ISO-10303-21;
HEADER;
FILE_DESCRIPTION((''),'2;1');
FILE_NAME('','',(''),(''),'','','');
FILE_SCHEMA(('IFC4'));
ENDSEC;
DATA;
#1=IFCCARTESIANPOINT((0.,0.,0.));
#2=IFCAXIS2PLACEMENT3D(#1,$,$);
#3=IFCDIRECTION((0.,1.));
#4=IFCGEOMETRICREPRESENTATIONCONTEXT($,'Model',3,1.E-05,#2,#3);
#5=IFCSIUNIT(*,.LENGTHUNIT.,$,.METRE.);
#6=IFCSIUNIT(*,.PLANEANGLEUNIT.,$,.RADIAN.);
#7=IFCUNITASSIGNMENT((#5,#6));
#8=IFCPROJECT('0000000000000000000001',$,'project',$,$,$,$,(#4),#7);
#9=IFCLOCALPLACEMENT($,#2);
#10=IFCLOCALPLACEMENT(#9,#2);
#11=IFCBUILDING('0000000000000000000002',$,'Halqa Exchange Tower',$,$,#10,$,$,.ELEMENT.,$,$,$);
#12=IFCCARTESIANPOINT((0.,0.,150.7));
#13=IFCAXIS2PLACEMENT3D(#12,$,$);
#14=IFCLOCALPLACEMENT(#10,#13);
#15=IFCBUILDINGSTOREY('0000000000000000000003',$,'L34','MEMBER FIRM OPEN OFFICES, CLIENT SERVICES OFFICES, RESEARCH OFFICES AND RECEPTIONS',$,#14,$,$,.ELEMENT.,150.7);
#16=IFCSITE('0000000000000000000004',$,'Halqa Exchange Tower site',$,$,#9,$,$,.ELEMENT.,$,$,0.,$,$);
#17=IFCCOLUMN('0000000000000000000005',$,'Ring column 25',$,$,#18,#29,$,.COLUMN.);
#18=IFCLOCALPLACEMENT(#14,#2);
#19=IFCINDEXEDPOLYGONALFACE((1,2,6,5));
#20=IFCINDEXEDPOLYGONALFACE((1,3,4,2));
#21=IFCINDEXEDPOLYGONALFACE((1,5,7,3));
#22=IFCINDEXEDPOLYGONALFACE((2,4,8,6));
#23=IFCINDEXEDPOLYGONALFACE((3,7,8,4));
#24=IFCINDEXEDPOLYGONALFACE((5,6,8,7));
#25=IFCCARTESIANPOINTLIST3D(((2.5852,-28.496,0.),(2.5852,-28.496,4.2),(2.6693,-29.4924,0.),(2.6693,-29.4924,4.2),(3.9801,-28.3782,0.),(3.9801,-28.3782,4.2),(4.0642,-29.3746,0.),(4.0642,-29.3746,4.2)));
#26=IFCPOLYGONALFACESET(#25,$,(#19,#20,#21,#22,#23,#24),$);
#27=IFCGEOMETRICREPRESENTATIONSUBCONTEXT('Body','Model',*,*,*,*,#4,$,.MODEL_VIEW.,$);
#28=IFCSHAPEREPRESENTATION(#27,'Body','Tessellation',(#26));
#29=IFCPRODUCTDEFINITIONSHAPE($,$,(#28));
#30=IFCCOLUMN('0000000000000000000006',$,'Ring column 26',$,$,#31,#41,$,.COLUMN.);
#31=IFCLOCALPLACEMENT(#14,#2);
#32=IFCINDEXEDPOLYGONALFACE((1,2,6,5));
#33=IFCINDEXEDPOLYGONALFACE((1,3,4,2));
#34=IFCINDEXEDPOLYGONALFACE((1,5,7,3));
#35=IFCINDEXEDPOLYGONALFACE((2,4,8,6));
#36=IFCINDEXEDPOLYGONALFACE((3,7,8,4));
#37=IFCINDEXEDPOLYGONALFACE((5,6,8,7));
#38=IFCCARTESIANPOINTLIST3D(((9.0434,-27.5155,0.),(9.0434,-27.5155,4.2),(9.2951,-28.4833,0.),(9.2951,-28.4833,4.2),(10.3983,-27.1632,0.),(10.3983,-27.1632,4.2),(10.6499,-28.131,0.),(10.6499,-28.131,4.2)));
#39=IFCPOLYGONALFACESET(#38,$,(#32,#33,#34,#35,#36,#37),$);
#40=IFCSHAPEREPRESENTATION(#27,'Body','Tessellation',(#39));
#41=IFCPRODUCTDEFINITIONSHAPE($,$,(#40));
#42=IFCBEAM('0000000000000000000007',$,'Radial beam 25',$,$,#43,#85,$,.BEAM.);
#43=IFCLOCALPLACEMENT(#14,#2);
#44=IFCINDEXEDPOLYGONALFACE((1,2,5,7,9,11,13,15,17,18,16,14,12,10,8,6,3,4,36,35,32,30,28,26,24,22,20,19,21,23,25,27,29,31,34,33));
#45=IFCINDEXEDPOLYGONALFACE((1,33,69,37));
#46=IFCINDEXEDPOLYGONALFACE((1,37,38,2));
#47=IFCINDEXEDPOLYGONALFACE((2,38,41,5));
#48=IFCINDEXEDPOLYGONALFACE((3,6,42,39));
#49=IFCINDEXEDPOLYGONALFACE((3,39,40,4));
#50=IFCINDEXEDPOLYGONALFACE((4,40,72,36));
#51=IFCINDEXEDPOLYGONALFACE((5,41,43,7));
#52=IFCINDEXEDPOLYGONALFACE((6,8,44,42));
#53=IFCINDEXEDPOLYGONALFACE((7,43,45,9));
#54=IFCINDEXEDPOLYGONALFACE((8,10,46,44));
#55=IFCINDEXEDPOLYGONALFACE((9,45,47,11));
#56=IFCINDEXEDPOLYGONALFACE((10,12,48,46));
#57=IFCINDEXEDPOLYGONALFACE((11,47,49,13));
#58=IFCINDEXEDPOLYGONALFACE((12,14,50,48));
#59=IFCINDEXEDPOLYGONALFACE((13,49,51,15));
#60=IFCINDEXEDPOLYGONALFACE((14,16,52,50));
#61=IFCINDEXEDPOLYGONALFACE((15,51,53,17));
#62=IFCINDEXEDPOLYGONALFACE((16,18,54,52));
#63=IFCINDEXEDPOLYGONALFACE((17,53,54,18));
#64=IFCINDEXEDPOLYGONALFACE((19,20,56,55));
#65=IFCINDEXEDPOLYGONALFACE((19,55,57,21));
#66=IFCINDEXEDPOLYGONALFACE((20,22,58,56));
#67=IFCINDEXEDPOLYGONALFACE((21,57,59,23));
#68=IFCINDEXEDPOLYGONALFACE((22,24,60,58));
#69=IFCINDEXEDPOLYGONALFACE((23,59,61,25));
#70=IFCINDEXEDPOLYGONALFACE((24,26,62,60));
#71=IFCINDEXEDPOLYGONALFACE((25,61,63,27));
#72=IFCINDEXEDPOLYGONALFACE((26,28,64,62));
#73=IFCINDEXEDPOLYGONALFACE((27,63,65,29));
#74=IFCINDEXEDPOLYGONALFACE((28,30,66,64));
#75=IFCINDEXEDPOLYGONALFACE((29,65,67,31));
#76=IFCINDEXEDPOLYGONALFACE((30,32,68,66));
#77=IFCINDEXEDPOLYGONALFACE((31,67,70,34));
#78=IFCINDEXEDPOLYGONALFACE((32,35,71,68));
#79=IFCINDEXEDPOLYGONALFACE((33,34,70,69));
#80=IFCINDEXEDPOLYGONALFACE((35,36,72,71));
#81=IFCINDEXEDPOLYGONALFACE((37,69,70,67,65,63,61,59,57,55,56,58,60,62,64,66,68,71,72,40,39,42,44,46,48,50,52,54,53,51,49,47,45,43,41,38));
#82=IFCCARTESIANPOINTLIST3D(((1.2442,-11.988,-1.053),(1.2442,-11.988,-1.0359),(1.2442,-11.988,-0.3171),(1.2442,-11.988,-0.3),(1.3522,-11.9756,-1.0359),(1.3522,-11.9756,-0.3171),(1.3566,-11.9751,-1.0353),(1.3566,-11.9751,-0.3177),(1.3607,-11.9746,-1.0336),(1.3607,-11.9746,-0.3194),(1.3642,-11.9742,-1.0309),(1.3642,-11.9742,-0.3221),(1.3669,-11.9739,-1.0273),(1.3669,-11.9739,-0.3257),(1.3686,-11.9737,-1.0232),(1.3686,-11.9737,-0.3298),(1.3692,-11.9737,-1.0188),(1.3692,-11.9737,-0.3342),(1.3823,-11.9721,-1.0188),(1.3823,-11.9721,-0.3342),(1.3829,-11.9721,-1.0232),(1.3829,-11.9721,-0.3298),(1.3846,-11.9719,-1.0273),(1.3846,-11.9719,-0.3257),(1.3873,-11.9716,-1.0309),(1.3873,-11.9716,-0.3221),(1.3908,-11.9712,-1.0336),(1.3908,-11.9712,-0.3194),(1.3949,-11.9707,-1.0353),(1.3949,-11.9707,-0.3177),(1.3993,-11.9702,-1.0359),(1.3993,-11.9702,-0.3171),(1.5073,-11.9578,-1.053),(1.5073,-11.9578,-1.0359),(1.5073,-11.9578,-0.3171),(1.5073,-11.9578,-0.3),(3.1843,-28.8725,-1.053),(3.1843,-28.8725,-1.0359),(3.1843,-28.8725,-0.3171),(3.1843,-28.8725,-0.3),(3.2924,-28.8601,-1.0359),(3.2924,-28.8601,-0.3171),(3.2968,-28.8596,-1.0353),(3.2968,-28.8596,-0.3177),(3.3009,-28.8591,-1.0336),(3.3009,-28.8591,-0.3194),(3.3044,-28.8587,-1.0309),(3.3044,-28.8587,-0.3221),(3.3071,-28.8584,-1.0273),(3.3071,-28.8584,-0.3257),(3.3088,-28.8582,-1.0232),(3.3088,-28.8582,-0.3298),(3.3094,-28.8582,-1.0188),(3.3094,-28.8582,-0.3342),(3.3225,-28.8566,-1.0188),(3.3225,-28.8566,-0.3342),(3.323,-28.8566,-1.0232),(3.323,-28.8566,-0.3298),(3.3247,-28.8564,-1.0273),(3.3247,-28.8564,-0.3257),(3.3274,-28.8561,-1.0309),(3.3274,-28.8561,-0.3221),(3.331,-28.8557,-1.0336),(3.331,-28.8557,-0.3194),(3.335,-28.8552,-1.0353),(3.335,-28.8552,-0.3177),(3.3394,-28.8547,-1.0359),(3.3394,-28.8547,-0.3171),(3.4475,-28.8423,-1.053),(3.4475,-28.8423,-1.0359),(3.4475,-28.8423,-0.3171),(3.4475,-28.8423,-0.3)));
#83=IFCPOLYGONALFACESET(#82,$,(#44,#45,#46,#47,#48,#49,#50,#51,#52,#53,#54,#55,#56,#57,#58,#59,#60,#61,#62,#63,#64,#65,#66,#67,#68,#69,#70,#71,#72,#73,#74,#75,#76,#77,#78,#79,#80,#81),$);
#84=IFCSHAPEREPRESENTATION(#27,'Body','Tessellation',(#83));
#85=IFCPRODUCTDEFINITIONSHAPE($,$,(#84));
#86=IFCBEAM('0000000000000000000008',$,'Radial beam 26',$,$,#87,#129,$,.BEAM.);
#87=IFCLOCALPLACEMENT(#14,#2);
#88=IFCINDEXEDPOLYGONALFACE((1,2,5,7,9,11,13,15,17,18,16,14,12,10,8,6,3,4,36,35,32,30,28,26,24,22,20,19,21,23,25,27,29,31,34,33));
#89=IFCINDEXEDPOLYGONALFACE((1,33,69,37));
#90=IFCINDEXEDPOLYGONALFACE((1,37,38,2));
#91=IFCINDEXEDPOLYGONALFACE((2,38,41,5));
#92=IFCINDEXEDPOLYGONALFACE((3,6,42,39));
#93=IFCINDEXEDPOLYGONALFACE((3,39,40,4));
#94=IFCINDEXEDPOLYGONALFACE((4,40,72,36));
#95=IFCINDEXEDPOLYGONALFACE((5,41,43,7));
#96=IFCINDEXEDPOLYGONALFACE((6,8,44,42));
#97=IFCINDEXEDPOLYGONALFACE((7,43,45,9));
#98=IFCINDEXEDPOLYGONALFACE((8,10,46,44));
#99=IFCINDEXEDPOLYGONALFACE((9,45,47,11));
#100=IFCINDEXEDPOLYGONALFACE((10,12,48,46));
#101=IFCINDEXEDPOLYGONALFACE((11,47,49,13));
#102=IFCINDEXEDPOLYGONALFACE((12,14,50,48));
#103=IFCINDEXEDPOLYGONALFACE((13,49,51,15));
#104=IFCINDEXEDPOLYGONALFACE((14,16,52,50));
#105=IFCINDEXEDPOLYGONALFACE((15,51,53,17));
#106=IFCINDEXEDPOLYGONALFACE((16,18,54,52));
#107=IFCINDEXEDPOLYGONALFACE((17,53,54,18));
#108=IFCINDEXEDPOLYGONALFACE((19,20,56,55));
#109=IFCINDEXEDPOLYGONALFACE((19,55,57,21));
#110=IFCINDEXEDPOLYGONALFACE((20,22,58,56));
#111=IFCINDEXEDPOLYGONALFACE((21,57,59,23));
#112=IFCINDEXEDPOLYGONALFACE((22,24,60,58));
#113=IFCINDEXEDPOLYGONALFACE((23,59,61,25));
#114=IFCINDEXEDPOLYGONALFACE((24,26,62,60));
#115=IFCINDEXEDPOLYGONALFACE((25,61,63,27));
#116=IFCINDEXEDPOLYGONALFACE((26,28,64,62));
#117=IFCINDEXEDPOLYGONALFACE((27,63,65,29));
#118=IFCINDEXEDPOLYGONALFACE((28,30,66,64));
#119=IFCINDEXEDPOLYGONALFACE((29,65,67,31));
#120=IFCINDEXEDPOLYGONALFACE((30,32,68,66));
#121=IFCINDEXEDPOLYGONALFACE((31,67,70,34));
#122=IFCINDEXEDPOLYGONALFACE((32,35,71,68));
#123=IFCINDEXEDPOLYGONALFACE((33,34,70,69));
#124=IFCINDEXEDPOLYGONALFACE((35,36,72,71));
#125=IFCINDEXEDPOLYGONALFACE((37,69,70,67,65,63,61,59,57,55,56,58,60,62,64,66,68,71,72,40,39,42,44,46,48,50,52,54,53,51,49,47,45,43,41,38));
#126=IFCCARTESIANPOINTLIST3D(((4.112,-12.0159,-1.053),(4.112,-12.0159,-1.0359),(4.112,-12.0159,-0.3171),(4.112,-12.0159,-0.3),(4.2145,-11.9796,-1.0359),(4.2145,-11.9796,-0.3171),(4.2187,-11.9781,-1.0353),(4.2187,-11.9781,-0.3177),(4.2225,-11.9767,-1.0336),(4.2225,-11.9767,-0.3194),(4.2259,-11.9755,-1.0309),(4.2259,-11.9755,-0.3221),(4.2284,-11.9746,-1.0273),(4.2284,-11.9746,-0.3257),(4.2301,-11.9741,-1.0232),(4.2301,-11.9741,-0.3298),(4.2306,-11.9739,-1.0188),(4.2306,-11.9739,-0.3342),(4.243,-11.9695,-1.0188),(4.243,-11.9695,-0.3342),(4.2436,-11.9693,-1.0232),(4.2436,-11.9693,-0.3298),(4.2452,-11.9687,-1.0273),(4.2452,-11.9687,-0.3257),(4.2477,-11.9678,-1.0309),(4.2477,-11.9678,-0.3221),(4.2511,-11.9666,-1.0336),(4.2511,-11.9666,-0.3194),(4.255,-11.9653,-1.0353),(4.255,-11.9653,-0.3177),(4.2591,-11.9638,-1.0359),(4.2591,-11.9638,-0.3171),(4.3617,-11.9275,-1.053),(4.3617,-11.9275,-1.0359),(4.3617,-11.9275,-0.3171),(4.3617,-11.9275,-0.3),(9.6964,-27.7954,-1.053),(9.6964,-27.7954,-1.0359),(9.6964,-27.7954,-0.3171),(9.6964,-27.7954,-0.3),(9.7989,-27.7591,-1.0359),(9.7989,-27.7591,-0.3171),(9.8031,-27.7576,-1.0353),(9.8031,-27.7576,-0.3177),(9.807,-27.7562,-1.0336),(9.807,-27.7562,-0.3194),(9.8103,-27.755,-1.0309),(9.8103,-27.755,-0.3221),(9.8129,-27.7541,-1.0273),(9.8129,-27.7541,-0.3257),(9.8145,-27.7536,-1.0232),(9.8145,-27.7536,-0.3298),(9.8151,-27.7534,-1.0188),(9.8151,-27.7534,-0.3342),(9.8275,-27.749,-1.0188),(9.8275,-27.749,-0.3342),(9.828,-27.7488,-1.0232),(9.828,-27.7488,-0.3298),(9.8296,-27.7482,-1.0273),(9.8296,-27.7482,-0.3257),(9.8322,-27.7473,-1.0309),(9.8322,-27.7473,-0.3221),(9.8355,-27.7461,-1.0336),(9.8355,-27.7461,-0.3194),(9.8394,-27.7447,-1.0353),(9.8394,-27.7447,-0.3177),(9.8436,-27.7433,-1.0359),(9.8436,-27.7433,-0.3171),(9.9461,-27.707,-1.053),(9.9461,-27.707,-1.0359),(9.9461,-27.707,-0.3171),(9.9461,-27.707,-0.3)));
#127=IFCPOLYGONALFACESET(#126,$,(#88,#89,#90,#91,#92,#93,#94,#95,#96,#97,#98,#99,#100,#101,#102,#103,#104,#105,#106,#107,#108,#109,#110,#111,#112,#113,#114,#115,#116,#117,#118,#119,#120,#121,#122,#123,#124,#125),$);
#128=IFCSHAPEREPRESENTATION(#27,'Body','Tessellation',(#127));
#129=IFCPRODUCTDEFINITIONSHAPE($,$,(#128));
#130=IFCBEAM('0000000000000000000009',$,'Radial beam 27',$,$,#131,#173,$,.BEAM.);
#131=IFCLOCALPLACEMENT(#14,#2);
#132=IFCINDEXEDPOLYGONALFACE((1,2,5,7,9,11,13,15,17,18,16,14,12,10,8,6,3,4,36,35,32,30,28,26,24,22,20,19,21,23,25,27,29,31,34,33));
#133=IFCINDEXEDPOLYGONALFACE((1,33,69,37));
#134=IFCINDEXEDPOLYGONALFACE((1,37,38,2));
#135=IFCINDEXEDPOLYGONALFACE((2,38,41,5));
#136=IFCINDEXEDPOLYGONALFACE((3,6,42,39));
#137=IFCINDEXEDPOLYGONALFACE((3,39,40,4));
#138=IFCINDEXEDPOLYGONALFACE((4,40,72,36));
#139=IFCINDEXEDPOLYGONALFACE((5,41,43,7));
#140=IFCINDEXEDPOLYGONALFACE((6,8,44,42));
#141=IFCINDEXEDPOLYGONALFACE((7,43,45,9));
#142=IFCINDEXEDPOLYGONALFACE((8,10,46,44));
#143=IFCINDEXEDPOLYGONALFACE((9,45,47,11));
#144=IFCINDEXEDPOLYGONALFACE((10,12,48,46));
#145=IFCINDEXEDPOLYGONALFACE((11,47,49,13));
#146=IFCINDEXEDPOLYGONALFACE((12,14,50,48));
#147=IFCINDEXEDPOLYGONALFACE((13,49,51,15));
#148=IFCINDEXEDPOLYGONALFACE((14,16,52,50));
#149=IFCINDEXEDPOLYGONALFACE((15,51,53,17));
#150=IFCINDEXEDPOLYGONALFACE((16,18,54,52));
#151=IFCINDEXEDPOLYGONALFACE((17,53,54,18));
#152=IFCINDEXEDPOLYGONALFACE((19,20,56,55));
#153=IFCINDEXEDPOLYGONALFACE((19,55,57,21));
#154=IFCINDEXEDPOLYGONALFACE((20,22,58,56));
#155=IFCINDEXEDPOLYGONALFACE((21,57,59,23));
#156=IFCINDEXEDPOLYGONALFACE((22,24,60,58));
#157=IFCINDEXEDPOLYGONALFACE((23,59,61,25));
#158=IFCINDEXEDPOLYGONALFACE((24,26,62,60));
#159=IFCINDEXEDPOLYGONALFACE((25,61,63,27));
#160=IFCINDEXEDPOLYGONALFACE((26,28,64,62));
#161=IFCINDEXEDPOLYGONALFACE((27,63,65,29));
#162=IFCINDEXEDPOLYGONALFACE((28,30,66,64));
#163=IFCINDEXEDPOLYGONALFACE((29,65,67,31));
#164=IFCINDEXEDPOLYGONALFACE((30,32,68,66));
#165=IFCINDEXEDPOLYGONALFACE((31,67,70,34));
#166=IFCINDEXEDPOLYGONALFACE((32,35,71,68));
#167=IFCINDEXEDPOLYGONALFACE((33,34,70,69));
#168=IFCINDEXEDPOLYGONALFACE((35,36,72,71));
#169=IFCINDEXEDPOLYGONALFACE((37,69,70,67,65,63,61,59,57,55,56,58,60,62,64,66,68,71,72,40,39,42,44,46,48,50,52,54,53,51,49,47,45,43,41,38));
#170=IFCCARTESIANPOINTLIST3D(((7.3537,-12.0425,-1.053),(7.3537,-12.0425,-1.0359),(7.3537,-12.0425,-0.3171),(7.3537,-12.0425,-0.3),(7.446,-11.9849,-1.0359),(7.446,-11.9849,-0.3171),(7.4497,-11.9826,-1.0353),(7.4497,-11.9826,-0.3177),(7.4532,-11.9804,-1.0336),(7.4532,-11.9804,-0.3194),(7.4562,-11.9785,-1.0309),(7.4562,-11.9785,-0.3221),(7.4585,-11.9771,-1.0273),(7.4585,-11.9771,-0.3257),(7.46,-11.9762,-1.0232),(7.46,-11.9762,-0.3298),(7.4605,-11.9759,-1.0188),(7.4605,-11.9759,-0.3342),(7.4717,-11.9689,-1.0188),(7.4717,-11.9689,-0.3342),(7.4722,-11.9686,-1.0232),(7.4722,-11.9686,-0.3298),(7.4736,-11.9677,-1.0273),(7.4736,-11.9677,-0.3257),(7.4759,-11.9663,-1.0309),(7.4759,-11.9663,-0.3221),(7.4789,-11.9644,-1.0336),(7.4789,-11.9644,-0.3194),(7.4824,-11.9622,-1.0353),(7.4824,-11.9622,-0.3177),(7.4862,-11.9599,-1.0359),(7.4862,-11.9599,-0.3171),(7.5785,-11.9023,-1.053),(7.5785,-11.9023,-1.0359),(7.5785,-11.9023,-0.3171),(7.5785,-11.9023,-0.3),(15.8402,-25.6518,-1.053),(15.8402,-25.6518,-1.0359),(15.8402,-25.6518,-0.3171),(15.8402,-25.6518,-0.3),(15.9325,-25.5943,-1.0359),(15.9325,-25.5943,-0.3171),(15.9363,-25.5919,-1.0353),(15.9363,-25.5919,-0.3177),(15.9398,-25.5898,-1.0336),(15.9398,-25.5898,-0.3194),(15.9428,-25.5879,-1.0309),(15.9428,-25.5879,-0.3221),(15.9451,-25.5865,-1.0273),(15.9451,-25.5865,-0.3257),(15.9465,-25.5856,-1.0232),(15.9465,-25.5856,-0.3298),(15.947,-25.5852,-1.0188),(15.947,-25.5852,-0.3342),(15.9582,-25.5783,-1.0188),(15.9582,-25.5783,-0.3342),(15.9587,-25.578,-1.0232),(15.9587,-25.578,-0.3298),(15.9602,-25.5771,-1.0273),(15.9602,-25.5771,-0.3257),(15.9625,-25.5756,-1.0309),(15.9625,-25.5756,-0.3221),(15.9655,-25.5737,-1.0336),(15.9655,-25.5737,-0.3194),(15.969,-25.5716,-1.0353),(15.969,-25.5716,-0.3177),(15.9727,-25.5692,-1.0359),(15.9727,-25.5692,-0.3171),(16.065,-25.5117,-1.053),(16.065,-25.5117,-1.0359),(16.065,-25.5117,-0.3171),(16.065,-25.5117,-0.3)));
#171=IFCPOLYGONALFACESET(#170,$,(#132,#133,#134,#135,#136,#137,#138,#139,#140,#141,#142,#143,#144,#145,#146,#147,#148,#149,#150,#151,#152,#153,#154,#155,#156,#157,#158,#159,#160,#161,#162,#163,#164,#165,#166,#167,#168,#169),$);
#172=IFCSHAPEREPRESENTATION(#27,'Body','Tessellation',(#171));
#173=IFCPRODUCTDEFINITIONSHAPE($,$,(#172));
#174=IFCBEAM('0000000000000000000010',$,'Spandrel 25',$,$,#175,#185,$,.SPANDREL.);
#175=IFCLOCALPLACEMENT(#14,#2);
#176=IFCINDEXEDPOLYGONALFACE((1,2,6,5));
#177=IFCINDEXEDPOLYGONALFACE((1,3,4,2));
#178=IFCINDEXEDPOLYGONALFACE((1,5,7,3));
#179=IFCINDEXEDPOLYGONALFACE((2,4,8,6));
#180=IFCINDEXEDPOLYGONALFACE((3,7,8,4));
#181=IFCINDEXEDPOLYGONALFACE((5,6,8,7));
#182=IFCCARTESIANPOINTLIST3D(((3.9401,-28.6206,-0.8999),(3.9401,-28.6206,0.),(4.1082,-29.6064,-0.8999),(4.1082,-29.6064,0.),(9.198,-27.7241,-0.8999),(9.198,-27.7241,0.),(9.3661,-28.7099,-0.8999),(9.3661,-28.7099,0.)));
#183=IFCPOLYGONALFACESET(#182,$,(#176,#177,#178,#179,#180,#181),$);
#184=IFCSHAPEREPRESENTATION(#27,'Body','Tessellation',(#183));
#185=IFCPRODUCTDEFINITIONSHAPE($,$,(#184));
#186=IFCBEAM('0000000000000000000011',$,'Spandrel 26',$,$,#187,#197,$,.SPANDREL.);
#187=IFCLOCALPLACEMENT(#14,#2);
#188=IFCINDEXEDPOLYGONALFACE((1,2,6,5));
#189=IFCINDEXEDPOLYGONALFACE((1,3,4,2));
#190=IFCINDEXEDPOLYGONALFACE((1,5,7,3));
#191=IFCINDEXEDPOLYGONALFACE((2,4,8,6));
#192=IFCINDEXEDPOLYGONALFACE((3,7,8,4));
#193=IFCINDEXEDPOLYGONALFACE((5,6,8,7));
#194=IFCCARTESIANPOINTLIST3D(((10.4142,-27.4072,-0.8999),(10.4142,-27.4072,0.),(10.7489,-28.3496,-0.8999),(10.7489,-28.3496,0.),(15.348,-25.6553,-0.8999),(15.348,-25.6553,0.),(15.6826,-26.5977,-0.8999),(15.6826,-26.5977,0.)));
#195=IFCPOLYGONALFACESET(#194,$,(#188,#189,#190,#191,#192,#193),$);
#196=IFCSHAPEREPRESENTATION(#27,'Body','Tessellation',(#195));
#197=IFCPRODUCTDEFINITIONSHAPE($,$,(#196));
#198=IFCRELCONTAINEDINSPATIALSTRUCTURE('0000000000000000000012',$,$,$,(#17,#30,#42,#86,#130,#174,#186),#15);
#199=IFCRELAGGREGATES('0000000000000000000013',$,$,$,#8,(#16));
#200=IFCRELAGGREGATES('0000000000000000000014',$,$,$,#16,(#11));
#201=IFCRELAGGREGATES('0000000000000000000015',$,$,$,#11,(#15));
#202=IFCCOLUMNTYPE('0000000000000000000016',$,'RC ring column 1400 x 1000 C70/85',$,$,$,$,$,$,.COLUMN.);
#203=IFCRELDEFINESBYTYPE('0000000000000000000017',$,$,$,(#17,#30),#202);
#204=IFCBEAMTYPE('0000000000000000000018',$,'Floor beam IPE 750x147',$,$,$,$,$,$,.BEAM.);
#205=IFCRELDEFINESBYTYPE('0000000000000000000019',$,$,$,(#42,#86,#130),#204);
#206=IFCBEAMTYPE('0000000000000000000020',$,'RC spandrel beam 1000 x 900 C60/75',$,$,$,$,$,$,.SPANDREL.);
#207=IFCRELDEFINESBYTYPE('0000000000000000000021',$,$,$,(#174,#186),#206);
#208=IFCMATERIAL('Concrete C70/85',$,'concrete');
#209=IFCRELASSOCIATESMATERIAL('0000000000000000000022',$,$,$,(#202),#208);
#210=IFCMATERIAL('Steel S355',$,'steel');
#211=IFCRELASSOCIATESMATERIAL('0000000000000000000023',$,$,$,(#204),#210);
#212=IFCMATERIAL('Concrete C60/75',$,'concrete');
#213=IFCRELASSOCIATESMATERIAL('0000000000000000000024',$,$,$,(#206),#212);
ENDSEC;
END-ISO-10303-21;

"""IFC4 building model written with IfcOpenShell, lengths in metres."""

from ifc_helpers import new_model, si_unit, direction, frame, origin, origin_2d, place, context, subcontext, project, spatial, rectangle, i_section, extrude, material, material_profile, profile_set, type_object, element, save


model = new_model("IFC4")

# Units and contexts
model_context = context("Model", 3, precision=1e-05, world=origin(), true_north=direction((0.0, 1.0)))
body_context = subcontext(model_context, "Body", "Model", "MODEL_VIEW")
ifc_project = project(units=[si_unit("LENGTHUNIT", "METRE"), si_unit("PLANEANGLEUNIT", "RADIAN")], contexts=[model_context])

# Site, building, storey
site_placement = place(None, origin())
site = spatial("IfcSite", under=ifc_project, at=site_placement, Name="Halqa Exchange Tower site", CompositionType="ELEMENT", RefElevation=0.0)
building_placement = place(site_placement, origin())
building = spatial("IfcBuilding", under=site, at=building_placement, Name="Halqa Exchange Tower", CompositionType="ELEMENT")
storey_placement = place(building_placement, frame((0.0, 0.0, 150.7)))
storey = spatial("IfcBuildingStorey", under=building, at=storey_placement, Name="L34", Description="MEMBER FIRM OPEN OFFICES, CLIENT SERVICES OFFICES, RESEARCH OFFICES AND RECEPTIONS", CompositionType="ELEMENT", Elevation=150.7)

# Columns
ifc_material_1 = material(Name="Concrete C70/85", Category="concrete")
ifc_material_profile_1 = material_profile(ifc_material_1, rectangle(XDim=1.3999, YDim=1.0, at=origin_2d()), Name="1400 x 1000")
ifc_profile_set_1 = profile_set([ifc_material_profile_1], Name="Concrete C70/85")
column_type = type_object("IfcColumnType", Name="RC ring column 1400 x 1000 C70/85", PredefinedType="COLUMN", material=ifc_profile_set_1)
for number, where, z_axis, x_axis, name in (
    (1, (3.3247, -28.9353, 0.0), (0.0, 0.0, 1.0), (0.996455, 0.084125, 0.0), "Ring column 25"),
    (2, (9.8467, -27.8232, 0.0), (0.0, 0.0, 1.0), (0.96782, 0.251645, 0.0), "Ring column 26"),
):
    element("IfcColumn", number, at=place(storey_placement, frame(where, z_axis=z_axis, x_axis=x_axis)), inside=storey, type_object=column_type, Name=name, PredefinedType="COLUMN", context=body_context, shape_type="SweptSolid", body=[
        extrude(rectangle(XDim=1.3999, YDim=1.0, at=origin_2d()), origin(), (0.0, 0.0, 1.0), 4.2),
    ])

# Beams
ifc_material_2 = material(Name="Steel S355", Category="steel")
ifc_material_profile_2 = material_profile(ifc_material_2, i_section(OverallWidth=0.2649, OverallDepth=0.7529, WebThickness=0.0132, FlangeThickness=0.0171, FilletRadius=0.0171, at=origin_2d()), Name="IPE 750x147")
ifc_profile_set_2 = profile_set([ifc_material_profile_2], Name="Steel S355")
beam_type_1 = type_object("IfcBeamType", Name="Floor beam IPE 750x147", PredefinedType="BEAM", material=ifc_profile_set_2)
beam_1_placement = place(storey_placement, frame((1.3757, -11.9729, -0.6765), z_axis=(0.114158, -0.993463, 0.0), x_axis=(0.993463, 0.114158, 0.0)))
element("IfcBeam", 3, at=beam_1_placement, inside=storey, type_object=beam_type_1, Name="Radial beam 25", PredefinedType="BEAM", context=body_context, shape_type="SweptSolid", body=[
    extrude(i_section(OverallWidth=0.2649, OverallDepth=0.7529, WebThickness=0.0132, FlangeThickness=0.0171, FilletRadius=0.0171, at=origin_2d()), origin(), (0.0, 0.0, 1.0), 16.9956),
])
beam_2_placement = place(storey_placement, frame((4.2368, -11.9717, -0.6765), z_axis=(0.333629, -0.942705, 0.0), x_axis=(0.942705, 0.333629, 0.0)))
element("IfcBeam", 4, at=beam_2_placement, inside=storey, type_object=beam_type_1, Name="Radial beam 26", PredefinedType="BEAM", context=body_context, shape_type="SweptSolid", body=[
    extrude(i_section(OverallWidth=0.2649, OverallDepth=0.7529, WebThickness=0.0132, FlangeThickness=0.0171, FilletRadius=0.0171, at=origin_2d()), origin(), (0.0, 0.0, 1.0), 16.7385),
])
beam_3_placement = place(storey_placement, frame((7.4661, -11.9724, -0.6765), z_axis=(0.529134, -0.848538, 0.0), x_axis=(0.848538, 0.529134, 0.0)))
element("IfcBeam", 5, at=beam_3_placement, inside=storey, type_object=beam_type_1, Name="Radial beam 27", PredefinedType="BEAM", context=body_context, shape_type="SweptSolid", body=[
    extrude(i_section(OverallWidth=0.2649, OverallDepth=0.7529, WebThickness=0.0132, FlangeThickness=0.0171, FilletRadius=0.0171, at=origin_2d()), origin(), (0.0, 0.0, 1.0), 16.0386),
])
ifc_material_3 = material(Name="Concrete C60/75", Category="concrete")
ifc_material_profile_3 = material_profile(ifc_material_3, rectangle(XDim=1.0, YDim=0.8999, at=origin_2d()), Name="1000 x 900")
ifc_profile_set_3 = profile_set([ifc_material_profile_3], Name="Concrete C60/75")
beam_type_2 = type_object("IfcBeamType", Name="RC spandrel beam 1000 x 900 C60/75", PredefinedType="SPANDREL", material=ifc_profile_set_3)
beam_4_placement = place(storey_placement, frame((4.0242, -29.1135, -0.45), z_axis=(0.985773, 0.168079, 0.0), x_axis=(-0.168079, 0.985773, 0.0)))
element("IfcBeam", 6, at=beam_4_placement, inside=storey, type_object=beam_type_2, Name="Spandrel 25", PredefinedType="SPANDREL", context=body_context, shape_type="SweptSolid", body=[
    extrude(rectangle(XDim=1.0, YDim=0.8999, at=origin_2d()), origin(), (0.0, 0.0, 1.0), 5.3337),
])
beam_5_placement = place(storey_placement, frame((10.5815, -27.8784, -0.45), z_axis=(0.942353, 0.33462, 0.0), x_axis=(-0.33462, 0.942353, 0.0)))
element("IfcBeam", 7, at=beam_5_placement, inside=storey, type_object=beam_type_2, Name="Spandrel 26", PredefinedType="SPANDREL", context=body_context, shape_type="SweptSolid", body=[
    extrude(rectangle(XDim=1.0, YDim=0.8999, at=origin_2d()), origin(), (0.0, 0.0, 1.0), 5.2356),
])

save(model, "model.ifc")
